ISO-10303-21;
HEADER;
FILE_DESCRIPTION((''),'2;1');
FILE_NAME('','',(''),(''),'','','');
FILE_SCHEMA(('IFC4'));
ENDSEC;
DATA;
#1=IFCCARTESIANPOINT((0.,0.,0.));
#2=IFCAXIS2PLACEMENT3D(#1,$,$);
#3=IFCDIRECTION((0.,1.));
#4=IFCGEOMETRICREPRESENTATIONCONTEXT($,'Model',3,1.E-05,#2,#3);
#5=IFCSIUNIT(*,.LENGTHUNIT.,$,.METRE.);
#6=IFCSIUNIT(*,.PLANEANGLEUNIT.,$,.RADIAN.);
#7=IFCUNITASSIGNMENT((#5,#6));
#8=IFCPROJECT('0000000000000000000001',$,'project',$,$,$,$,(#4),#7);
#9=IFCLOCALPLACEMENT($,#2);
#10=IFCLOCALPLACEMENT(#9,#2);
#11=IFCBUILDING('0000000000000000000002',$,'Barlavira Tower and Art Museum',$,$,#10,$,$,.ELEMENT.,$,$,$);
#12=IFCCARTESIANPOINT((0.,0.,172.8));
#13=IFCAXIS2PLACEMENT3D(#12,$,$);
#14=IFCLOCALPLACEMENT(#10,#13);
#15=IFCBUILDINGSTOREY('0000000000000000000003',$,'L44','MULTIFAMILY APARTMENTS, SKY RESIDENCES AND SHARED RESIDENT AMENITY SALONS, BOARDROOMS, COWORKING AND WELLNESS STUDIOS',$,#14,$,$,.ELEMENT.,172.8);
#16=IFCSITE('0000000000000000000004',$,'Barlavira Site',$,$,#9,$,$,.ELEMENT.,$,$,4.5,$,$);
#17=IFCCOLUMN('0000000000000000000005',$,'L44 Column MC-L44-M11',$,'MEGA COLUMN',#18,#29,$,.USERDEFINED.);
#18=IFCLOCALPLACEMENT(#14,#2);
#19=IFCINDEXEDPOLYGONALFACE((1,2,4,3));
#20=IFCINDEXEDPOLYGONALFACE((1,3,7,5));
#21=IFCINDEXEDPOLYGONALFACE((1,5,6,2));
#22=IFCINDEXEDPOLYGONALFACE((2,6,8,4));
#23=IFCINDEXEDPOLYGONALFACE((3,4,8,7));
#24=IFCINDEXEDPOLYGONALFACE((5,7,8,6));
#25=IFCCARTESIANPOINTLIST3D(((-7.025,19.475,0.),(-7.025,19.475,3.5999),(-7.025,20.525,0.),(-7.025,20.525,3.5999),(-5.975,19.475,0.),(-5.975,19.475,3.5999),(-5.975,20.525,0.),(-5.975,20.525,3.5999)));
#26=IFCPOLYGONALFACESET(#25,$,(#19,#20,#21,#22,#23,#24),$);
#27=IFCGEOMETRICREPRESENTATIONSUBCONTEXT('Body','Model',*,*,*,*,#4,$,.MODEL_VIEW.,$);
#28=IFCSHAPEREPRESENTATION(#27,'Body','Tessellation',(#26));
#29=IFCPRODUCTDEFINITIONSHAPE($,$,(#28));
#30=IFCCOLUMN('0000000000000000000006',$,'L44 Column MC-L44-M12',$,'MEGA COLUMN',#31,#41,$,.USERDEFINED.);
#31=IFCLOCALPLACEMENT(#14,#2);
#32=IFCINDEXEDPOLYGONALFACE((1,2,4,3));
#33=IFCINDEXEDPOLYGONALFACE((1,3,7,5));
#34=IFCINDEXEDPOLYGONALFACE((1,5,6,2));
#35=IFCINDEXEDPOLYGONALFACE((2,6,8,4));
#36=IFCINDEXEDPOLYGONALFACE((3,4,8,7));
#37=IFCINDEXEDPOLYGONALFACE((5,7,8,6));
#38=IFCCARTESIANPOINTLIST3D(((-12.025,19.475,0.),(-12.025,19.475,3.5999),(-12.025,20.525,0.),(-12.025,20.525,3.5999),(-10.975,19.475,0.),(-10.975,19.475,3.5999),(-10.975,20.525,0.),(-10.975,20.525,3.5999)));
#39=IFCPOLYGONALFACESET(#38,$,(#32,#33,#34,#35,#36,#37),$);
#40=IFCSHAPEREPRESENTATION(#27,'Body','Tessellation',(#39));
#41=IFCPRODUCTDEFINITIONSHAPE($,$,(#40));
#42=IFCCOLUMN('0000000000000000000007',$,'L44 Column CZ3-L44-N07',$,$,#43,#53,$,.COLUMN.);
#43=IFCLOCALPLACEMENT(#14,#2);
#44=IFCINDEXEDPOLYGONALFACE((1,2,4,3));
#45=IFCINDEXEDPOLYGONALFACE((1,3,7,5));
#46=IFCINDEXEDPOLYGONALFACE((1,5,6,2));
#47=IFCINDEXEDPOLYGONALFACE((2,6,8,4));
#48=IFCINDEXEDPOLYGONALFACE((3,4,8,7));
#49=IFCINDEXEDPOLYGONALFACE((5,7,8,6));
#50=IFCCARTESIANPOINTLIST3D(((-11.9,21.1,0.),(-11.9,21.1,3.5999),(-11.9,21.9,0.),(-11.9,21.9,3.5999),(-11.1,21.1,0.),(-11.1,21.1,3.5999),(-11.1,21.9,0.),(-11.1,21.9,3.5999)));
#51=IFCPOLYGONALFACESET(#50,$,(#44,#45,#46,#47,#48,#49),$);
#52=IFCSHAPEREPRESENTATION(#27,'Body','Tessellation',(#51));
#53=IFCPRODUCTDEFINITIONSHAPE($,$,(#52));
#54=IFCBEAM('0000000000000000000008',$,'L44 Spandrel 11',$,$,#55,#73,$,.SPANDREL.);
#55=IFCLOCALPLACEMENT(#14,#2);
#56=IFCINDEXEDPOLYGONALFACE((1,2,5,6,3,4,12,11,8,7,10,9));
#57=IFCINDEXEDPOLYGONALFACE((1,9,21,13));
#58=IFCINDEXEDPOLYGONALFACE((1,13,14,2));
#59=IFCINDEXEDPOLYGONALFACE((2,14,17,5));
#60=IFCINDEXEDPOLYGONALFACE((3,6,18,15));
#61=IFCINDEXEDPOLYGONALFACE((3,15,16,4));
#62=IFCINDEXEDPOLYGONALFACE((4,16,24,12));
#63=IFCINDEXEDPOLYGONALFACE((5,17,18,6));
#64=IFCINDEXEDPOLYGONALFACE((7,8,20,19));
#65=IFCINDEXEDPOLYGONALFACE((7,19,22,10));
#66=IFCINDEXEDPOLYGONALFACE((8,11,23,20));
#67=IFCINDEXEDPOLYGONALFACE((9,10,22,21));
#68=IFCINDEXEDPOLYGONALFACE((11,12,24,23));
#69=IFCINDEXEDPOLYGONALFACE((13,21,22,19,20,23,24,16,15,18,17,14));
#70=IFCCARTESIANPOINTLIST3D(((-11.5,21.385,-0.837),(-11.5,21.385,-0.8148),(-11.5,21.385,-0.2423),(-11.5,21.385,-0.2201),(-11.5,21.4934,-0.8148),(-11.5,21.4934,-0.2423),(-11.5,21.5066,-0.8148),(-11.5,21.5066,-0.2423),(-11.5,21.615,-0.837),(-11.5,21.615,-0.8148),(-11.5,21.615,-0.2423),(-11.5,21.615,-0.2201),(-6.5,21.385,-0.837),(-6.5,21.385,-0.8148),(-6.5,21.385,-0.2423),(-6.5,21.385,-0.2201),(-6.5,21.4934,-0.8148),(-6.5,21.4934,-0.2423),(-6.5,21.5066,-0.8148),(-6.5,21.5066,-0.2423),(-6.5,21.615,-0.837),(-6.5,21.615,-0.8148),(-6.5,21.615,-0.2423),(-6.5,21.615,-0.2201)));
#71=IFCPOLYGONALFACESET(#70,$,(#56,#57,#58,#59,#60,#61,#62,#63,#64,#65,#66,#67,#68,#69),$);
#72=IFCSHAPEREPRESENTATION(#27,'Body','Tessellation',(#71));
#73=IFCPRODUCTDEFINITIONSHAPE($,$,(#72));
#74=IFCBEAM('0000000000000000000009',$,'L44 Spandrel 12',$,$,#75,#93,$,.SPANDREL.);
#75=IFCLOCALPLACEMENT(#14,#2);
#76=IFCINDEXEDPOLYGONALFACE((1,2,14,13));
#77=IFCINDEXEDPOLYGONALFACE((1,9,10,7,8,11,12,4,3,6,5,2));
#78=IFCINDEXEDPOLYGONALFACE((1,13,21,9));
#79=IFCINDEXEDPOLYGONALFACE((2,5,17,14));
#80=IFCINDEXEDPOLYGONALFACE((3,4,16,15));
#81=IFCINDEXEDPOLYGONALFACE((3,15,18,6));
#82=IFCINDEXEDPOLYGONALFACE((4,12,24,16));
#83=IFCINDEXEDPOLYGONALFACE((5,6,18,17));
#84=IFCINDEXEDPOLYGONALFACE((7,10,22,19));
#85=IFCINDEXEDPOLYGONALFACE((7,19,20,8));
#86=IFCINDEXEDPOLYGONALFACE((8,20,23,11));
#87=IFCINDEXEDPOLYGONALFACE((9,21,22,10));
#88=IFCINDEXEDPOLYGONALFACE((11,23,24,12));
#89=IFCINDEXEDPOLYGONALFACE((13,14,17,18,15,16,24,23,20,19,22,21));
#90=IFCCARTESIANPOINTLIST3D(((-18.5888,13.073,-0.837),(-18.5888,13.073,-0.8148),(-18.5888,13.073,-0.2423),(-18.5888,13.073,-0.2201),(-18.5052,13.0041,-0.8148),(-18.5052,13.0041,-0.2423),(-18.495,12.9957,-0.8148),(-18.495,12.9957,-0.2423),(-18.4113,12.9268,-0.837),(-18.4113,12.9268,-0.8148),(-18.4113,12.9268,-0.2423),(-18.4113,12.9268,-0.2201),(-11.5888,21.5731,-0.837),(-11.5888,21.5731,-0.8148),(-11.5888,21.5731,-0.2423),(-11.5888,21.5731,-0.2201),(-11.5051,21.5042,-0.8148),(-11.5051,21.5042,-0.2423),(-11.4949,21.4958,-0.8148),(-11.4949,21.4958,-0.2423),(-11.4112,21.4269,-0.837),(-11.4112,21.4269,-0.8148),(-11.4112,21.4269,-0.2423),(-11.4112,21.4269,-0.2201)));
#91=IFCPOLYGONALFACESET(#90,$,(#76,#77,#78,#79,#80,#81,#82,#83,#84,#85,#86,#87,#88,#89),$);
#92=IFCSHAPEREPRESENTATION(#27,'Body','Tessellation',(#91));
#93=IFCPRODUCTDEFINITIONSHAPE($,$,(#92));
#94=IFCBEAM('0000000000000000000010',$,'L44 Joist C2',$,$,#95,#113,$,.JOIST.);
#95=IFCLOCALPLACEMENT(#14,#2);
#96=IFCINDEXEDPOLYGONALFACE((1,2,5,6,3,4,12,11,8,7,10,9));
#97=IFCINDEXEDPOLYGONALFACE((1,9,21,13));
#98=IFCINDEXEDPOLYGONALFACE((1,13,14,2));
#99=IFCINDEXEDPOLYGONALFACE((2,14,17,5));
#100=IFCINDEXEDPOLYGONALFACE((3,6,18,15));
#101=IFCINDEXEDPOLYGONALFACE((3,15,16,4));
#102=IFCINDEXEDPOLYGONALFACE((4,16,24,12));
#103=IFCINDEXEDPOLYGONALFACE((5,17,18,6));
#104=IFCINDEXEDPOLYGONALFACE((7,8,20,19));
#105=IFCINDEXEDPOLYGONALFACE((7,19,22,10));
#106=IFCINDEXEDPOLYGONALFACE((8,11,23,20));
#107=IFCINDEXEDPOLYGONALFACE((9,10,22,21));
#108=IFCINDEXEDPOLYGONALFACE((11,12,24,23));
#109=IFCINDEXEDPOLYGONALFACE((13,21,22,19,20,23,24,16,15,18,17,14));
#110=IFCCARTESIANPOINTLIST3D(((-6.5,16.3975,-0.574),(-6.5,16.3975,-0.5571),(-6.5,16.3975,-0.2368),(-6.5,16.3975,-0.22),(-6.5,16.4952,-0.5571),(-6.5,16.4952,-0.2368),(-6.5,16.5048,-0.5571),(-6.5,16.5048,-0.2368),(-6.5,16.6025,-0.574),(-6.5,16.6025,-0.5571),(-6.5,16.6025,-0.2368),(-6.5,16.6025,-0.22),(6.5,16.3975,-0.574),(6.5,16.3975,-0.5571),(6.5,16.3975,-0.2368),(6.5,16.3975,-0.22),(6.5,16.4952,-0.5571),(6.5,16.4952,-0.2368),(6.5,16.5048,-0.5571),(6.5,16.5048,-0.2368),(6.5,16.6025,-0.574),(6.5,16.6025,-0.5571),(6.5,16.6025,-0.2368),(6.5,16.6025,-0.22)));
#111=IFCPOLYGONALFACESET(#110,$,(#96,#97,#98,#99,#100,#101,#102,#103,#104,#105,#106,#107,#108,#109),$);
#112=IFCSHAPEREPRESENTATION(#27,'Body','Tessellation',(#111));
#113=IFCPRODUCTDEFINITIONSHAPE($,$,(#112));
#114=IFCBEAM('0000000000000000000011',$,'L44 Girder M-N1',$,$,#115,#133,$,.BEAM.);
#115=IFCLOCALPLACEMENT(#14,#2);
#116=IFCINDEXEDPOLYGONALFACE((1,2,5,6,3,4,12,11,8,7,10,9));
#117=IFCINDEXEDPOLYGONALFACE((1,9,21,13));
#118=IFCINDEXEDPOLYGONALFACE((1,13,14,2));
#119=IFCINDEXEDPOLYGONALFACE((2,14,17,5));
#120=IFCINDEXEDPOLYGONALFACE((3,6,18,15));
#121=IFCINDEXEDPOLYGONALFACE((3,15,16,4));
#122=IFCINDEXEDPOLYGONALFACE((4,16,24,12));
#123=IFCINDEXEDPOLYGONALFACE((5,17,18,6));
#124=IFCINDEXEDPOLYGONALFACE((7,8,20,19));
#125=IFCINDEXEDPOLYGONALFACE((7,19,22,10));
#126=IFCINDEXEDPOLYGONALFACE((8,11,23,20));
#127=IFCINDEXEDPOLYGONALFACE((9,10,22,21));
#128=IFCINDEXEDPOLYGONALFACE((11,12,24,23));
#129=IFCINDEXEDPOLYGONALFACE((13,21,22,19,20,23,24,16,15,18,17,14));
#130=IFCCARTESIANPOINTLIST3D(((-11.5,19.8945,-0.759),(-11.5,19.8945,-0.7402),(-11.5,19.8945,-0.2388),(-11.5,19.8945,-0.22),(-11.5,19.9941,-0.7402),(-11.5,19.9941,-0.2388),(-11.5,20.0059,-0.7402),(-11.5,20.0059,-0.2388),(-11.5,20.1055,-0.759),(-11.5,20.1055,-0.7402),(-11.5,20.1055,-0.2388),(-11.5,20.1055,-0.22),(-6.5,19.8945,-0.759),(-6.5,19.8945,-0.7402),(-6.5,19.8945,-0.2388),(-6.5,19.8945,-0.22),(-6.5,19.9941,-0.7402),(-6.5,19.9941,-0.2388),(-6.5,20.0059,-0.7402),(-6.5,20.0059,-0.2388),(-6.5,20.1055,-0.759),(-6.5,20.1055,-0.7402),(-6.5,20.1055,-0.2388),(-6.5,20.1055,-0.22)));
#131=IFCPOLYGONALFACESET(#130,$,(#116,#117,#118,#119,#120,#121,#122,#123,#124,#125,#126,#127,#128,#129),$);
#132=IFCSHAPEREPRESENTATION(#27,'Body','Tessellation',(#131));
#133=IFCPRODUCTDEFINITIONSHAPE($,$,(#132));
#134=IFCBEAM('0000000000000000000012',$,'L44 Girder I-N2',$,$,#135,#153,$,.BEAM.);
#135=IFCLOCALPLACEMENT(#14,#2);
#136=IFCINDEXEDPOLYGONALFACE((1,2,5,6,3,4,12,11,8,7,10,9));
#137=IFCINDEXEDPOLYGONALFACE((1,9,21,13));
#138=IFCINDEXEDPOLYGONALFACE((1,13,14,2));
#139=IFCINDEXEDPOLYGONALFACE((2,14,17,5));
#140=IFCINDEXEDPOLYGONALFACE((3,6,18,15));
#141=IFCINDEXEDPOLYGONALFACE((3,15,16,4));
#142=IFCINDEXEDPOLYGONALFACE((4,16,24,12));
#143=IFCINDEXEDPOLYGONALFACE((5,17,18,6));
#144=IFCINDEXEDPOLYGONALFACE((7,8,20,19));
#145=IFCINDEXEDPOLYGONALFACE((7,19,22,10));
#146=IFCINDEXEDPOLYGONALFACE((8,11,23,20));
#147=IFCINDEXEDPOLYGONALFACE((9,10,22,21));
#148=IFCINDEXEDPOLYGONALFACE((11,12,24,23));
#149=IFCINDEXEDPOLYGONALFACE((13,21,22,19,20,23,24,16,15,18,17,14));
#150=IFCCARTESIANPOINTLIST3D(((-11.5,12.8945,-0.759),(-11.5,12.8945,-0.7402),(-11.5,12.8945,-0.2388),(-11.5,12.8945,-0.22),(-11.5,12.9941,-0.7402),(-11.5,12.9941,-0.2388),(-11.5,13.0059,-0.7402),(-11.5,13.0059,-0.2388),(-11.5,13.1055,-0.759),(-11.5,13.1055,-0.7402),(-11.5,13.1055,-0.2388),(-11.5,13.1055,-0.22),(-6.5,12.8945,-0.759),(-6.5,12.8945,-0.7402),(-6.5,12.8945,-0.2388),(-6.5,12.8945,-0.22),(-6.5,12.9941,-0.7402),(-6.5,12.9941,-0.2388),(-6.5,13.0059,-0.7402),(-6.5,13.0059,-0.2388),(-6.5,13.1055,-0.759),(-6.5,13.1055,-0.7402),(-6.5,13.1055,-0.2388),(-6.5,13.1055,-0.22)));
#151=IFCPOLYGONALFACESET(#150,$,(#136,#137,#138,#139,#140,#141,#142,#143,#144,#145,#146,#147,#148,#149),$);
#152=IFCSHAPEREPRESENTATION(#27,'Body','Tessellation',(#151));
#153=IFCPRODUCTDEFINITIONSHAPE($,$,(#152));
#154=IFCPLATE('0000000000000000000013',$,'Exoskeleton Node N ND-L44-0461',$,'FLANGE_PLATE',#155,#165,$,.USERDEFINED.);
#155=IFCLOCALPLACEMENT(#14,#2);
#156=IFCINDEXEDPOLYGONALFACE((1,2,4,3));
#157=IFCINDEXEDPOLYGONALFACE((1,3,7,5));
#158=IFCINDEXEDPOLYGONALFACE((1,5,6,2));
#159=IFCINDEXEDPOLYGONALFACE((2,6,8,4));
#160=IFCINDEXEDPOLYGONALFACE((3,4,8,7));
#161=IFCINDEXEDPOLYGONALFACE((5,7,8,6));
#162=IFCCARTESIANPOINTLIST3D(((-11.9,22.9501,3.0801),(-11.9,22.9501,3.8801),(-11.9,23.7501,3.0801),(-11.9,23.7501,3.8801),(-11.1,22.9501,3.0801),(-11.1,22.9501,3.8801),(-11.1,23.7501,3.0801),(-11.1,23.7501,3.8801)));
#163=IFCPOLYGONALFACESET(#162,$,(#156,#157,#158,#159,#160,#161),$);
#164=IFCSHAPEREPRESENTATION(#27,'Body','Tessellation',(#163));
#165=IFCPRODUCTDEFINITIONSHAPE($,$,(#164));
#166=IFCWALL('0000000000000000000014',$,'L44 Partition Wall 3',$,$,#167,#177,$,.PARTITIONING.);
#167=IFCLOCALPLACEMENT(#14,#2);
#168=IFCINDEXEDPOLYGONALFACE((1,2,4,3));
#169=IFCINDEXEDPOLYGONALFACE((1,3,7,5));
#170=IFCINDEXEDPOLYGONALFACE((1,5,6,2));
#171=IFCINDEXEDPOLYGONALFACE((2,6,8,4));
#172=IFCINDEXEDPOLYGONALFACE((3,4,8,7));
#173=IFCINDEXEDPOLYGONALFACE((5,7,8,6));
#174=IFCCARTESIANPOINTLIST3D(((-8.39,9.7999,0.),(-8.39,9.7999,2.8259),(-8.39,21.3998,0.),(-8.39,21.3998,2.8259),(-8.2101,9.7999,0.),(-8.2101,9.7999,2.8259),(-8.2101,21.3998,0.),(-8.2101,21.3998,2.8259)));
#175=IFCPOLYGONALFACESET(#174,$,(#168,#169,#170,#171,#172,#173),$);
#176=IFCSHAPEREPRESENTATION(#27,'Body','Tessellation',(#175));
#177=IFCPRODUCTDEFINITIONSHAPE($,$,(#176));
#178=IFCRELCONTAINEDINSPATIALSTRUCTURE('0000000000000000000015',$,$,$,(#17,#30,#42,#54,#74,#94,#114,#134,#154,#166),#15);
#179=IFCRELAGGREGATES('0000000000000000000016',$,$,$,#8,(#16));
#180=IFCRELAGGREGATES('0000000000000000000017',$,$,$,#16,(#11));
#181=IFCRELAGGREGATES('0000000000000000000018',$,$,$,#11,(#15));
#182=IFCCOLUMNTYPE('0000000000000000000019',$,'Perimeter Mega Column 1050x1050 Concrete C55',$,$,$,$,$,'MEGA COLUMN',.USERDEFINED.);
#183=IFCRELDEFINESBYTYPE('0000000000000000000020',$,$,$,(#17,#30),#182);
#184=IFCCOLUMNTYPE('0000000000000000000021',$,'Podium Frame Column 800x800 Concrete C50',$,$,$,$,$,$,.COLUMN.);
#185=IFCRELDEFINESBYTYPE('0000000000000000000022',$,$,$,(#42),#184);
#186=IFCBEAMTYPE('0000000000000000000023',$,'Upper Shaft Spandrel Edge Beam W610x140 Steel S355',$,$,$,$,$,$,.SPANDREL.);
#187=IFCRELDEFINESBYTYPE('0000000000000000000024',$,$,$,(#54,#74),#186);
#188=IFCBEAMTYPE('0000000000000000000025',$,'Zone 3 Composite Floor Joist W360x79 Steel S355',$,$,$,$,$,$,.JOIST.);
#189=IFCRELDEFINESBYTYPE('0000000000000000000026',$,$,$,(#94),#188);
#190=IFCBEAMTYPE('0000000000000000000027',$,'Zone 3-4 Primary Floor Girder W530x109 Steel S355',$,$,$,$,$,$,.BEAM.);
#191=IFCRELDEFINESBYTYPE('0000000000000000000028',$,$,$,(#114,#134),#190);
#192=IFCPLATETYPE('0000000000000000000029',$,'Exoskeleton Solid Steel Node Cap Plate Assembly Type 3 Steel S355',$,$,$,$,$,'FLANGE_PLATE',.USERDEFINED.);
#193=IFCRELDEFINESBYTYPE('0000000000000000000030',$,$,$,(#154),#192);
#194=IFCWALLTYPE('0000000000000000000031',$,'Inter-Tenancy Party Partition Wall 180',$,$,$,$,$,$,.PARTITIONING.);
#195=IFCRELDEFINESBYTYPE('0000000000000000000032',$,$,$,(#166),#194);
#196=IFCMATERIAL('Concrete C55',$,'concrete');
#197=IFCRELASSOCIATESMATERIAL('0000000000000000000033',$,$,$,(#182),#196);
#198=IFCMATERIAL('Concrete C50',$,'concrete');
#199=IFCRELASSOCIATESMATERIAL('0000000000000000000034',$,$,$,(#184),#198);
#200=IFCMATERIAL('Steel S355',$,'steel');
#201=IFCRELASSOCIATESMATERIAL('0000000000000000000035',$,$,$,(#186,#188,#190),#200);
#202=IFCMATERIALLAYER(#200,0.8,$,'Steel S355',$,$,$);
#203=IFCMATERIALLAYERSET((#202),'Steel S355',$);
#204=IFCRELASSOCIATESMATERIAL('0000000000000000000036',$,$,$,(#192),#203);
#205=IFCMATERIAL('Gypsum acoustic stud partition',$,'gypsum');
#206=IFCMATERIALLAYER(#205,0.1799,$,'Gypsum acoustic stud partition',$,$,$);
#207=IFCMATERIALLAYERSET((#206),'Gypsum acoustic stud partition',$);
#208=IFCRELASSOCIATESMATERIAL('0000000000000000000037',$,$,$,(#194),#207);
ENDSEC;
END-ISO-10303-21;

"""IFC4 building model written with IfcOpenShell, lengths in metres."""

from ifc_helpers import new_model, si_unit, direction, frame, frame_2d, origin, origin_2d, place, context, subcontext, project, spatial, rectangle, i_section, extrude, material, layer, layer_set, material_profile, profile_set, type_object, element, save


model = new_model("IFC4")

# Units and contexts
model_context = context("Model", 3, precision=1e-05, world=origin(), true_north=direction((0.0, 1.0)))
body_context = subcontext(model_context, "Body", "Model", "MODEL_VIEW")
ifc_project = project(units=[si_unit("LENGTHUNIT", "METRE"), si_unit("PLANEANGLEUNIT", "RADIAN")], contexts=[model_context])

# Site, building, storey
site_placement = place(None, origin())
site = spatial("IfcSite", under=ifc_project, at=site_placement, Name="Barlavira Site", CompositionType="ELEMENT", RefElevation=4.5)
building_placement = place(site_placement, origin())
building = spatial("IfcBuilding", under=site, at=building_placement, Name="Barlavira Tower and Art Museum", CompositionType="ELEMENT")
storey_placement = place(building_placement, frame((0.0, 0.0, 172.8)))
storey = spatial("IfcBuildingStorey", under=building, at=storey_placement, Name="L44", Description="MULTIFAMILY APARTMENTS, SKY RESIDENCES AND SHARED RESIDENT AMENITY SALONS, BOARDROOMS, COWORKING AND WELLNESS STUDIOS", CompositionType="ELEMENT", Elevation=172.8)

# Columns
ifc_material_1 = material(Name="Concrete C55", Category="concrete")
ifc_material_profile_1 = material_profile(ifc_material_1, rectangle(XDim=1.05, YDim=1.05, at=origin_2d()), Name="RC-COL 1050x1050")
ifc_profile_set_1 = profile_set([ifc_material_profile_1], Name="Concrete C55")
column_type_1 = type_object("IfcColumnType", Name="Perimeter Mega Column 1050x1050 Concrete C55", ElementType="MEGA COLUMN", PredefinedType="USERDEFINED", material=ifc_profile_set_1)
for number, where, z_axis, x_axis, name in (
    (1, (-6.5, 20.0, 0.0), (0.0, 0.0, 1.0), (1.0, 0.0, 0.0), "L44 Column MC-L44-M11"),
    (2, (-11.5, 20.0, 0.0), (0.0, 0.0, 1.0), (1.0, 0.0, 0.0), "L44 Column MC-L44-M12"),
):
    element("IfcColumn", number, at=place(storey_placement, frame(where, z_axis=z_axis, x_axis=x_axis)), inside=storey, type_object=column_type_1, Name=name, ObjectType="MEGA COLUMN", PredefinedType="USERDEFINED", context=body_context, shape_type="SweptSolid", body=[
        extrude(rectangle(XDim=1.05, YDim=1.05, at=origin_2d()), origin(), (0.0, 0.0, 1.0), 3.5999),
    ])
ifc_material_2 = material(Name="Concrete C50", Category="concrete")
ifc_material_profile_2 = material_profile(ifc_material_2, rectangle(XDim=0.8, YDim=0.8, at=origin_2d()), Name="RC-COL 800x800")
ifc_profile_set_2 = profile_set([ifc_material_profile_2], Name="Concrete C50")
column_type_2 = type_object("IfcColumnType", Name="Podium Frame Column 800x800 Concrete C50", PredefinedType="COLUMN", material=ifc_profile_set_2)
column_placement = place(storey_placement, frame((-11.5, 21.5, 0.0), z_axis=(0.0, 0.0, 1.0), x_axis=(1.0, 0.0, 0.0)))
element("IfcColumn", 3, at=column_placement, inside=storey, type_object=column_type_2, Name="L44 Column CZ3-L44-N07", PredefinedType="COLUMN", context=body_context, shape_type="SweptSolid", body=[
    extrude(rectangle(XDim=0.8, YDim=0.8, at=origin_2d()), origin(), (0.0, 0.0, 1.0), 3.5999),
])

# Beams
ifc_material_3 = material(Name="Steel S355", Category="steel")
ifc_material_profile_3 = material_profile(ifc_material_3, i_section(OverallWidth=0.23, OverallDepth=0.6169, WebThickness=0.0132, FlangeThickness=0.0222, at=origin_2d()), Name="W610x140.0")
ifc_profile_set_3 = profile_set([ifc_material_profile_3], Name="Steel S355")
beam_type_1 = type_object("IfcBeamType", Name="Upper Shaft Spandrel Edge Beam W610x140 Steel S355", PredefinedType="SPANDREL", material=ifc_profile_set_3)
beam_1_placement = place(storey_placement, frame((-11.5, 21.5, -0.5286), z_axis=(1.0, 0.0, 0.0), x_axis=(0.0, 1.0, 0.0)))
element("IfcBeam", 4, at=beam_1_placement, inside=storey, type_object=beam_type_1, Name="L44 Spandrel 11", PredefinedType="SPANDREL", context=body_context, shape_type="SweptSolid", body=[
    extrude(i_section(OverallWidth=0.23, OverallDepth=0.6169, WebThickness=0.0132, FlangeThickness=0.0222, at=origin_2d()), origin(), (0.0, 0.0, 1.0), 5.0),
])
beam_2_placement = place(storey_placement, frame((-11.5, 21.5, -0.5286), z_axis=(-0.635707, -0.77193, 0.0), x_axis=(0.77193, -0.635707, 0.0)))
element("IfcBeam", 5, at=beam_2_placement, inside=storey, type_object=beam_type_1, Name="L44 Spandrel 12", PredefinedType="SPANDREL", context=body_context, shape_type="SweptSolid", body=[
    extrude(i_section(OverallWidth=0.23, OverallDepth=0.6169, WebThickness=0.0132, FlangeThickness=0.0222, at=origin_2d()), origin(), (0.0, 0.0, 1.0), 11.0115),
])
ifc_material_profile_4 = material_profile(ifc_material_3, i_section(OverallWidth=0.2051, OverallDepth=0.354, WebThickness=0.0095, FlangeThickness=0.0168, at=origin_2d()), Name="W360x79.0")
ifc_profile_set_4 = profile_set([ifc_material_profile_4], Name="Steel S355")
beam_type_2 = type_object("IfcBeamType", Name="Zone 3 Composite Floor Joist W360x79 Steel S355", PredefinedType="JOIST", material=ifc_profile_set_4)
beam_3_placement = place(storey_placement, frame((-6.5, 16.5, -0.397), z_axis=(1.0, 0.0, 0.0), x_axis=(0.0, 1.0, 0.0)))
element("IfcBeam", 6, at=beam_3_placement, inside=storey, type_object=beam_type_2, Name="L44 Joist C2", PredefinedType="JOIST", context=body_context, shape_type="SweptSolid", body=[
    extrude(i_section(OverallWidth=0.2051, OverallDepth=0.354, WebThickness=0.0095, FlangeThickness=0.0168, at=origin_2d()), origin(), (0.0, 0.0, 1.0), 13.0),
])
ifc_material_profile_5 = material_profile(ifc_material_3, i_section(OverallWidth=0.2109, OverallDepth=0.5391, WebThickness=0.0117, FlangeThickness=0.0188, at=origin_2d()), Name="W530x109.0")
ifc_profile_set_5 = profile_set([ifc_material_profile_5], Name="Steel S355")
beam_type_3 = type_object("IfcBeamType", Name="Zone 3-4 Primary Floor Girder W530x109 Steel S355", PredefinedType="BEAM", material=ifc_profile_set_5)
for number, where, z_axis, x_axis, name in (
    (7, (-11.5, 20.0, -0.4895), (1.0, 0.0, 0.0), (0.0, 1.0, 0.0), "L44 Girder M-N1"),
    (8, (-11.5, 13.0, -0.4895), (1.0, 0.0, 0.0), (0.0, 1.0, 0.0), "L44 Girder I-N2"),
):
    element("IfcBeam", number, at=place(storey_placement, frame(where, z_axis=z_axis, x_axis=x_axis)), inside=storey, type_object=beam_type_3, Name=name, PredefinedType="BEAM", context=body_context, shape_type="SweptSolid", body=[
        extrude(i_section(OverallWidth=0.2109, OverallDepth=0.5391, WebThickness=0.0117, FlangeThickness=0.0188, at=origin_2d()), origin(), (0.0, 0.0, 1.0), 5.0),
    ])

# Plate
ifc_layer_1 = layer(ifc_material_3, 0.8, Name="Steel S355")
ifc_layer_set_1 = layer_set([ifc_layer_1], Name="Steel S355")
plate_type = type_object("IfcPlateType", Name="Exoskeleton Solid Steel Node Cap Plate Assembly Type 3 Steel S355", ElementType="FLANGE_PLATE", PredefinedType="USERDEFINED", material=ifc_layer_set_1)
plate_placement = place(storey_placement, frame((-11.5, 23.3501, 3.0801), z_axis=(0.0, 0.0, 1.0), x_axis=(1.0, 0.0, 0.0)))
element("IfcPlate", 9, at=plate_placement, inside=storey, type_object=plate_type, Name="Exoskeleton Node N ND-L44-0461", ObjectType="FLANGE_PLATE", PredefinedType="USERDEFINED", context=body_context, shape_type="SweptSolid", body=[
    extrude(rectangle(XDim=0.8, YDim=0.8, at=origin_2d()), origin(), (0.0, 0.0, 1.0), 0.8),
])

# Wall
ifc_material_4 = material(Name="Gypsum acoustic stud partition", Category="gypsum")
ifc_layer_2 = layer(ifc_material_4, 0.1799, Name="Gypsum acoustic stud partition")
ifc_layer_set_2 = layer_set([ifc_layer_2], Name="Gypsum acoustic stud partition")
wall_type_1 = type_object("IfcWallType", Name="Inter-Tenancy Party Partition Wall 180", PredefinedType="PARTITIONING", material=ifc_layer_set_2)
wall_1_placement = place(storey_placement, frame((-8.3, 9.8, 0.0), z_axis=(0.0, 0.0, 1.0), x_axis=(0.0, 1.0, 0.0)))
element("IfcWall", 10, at=wall_1_placement, inside=storey, type_object=wall_type_1, Name="L44 Partition Wall 3", PredefinedType="PARTITIONING", context=body_context, shape_type="SweptSolid", body=[
    extrude(rectangle(XDim=11.5999, YDim=0.1799, at=frame_2d((5.7998, 0.0))), origin(), (0.0, 0.0, 1.0), 2.8259),
])

save(model, "model.ifc")
